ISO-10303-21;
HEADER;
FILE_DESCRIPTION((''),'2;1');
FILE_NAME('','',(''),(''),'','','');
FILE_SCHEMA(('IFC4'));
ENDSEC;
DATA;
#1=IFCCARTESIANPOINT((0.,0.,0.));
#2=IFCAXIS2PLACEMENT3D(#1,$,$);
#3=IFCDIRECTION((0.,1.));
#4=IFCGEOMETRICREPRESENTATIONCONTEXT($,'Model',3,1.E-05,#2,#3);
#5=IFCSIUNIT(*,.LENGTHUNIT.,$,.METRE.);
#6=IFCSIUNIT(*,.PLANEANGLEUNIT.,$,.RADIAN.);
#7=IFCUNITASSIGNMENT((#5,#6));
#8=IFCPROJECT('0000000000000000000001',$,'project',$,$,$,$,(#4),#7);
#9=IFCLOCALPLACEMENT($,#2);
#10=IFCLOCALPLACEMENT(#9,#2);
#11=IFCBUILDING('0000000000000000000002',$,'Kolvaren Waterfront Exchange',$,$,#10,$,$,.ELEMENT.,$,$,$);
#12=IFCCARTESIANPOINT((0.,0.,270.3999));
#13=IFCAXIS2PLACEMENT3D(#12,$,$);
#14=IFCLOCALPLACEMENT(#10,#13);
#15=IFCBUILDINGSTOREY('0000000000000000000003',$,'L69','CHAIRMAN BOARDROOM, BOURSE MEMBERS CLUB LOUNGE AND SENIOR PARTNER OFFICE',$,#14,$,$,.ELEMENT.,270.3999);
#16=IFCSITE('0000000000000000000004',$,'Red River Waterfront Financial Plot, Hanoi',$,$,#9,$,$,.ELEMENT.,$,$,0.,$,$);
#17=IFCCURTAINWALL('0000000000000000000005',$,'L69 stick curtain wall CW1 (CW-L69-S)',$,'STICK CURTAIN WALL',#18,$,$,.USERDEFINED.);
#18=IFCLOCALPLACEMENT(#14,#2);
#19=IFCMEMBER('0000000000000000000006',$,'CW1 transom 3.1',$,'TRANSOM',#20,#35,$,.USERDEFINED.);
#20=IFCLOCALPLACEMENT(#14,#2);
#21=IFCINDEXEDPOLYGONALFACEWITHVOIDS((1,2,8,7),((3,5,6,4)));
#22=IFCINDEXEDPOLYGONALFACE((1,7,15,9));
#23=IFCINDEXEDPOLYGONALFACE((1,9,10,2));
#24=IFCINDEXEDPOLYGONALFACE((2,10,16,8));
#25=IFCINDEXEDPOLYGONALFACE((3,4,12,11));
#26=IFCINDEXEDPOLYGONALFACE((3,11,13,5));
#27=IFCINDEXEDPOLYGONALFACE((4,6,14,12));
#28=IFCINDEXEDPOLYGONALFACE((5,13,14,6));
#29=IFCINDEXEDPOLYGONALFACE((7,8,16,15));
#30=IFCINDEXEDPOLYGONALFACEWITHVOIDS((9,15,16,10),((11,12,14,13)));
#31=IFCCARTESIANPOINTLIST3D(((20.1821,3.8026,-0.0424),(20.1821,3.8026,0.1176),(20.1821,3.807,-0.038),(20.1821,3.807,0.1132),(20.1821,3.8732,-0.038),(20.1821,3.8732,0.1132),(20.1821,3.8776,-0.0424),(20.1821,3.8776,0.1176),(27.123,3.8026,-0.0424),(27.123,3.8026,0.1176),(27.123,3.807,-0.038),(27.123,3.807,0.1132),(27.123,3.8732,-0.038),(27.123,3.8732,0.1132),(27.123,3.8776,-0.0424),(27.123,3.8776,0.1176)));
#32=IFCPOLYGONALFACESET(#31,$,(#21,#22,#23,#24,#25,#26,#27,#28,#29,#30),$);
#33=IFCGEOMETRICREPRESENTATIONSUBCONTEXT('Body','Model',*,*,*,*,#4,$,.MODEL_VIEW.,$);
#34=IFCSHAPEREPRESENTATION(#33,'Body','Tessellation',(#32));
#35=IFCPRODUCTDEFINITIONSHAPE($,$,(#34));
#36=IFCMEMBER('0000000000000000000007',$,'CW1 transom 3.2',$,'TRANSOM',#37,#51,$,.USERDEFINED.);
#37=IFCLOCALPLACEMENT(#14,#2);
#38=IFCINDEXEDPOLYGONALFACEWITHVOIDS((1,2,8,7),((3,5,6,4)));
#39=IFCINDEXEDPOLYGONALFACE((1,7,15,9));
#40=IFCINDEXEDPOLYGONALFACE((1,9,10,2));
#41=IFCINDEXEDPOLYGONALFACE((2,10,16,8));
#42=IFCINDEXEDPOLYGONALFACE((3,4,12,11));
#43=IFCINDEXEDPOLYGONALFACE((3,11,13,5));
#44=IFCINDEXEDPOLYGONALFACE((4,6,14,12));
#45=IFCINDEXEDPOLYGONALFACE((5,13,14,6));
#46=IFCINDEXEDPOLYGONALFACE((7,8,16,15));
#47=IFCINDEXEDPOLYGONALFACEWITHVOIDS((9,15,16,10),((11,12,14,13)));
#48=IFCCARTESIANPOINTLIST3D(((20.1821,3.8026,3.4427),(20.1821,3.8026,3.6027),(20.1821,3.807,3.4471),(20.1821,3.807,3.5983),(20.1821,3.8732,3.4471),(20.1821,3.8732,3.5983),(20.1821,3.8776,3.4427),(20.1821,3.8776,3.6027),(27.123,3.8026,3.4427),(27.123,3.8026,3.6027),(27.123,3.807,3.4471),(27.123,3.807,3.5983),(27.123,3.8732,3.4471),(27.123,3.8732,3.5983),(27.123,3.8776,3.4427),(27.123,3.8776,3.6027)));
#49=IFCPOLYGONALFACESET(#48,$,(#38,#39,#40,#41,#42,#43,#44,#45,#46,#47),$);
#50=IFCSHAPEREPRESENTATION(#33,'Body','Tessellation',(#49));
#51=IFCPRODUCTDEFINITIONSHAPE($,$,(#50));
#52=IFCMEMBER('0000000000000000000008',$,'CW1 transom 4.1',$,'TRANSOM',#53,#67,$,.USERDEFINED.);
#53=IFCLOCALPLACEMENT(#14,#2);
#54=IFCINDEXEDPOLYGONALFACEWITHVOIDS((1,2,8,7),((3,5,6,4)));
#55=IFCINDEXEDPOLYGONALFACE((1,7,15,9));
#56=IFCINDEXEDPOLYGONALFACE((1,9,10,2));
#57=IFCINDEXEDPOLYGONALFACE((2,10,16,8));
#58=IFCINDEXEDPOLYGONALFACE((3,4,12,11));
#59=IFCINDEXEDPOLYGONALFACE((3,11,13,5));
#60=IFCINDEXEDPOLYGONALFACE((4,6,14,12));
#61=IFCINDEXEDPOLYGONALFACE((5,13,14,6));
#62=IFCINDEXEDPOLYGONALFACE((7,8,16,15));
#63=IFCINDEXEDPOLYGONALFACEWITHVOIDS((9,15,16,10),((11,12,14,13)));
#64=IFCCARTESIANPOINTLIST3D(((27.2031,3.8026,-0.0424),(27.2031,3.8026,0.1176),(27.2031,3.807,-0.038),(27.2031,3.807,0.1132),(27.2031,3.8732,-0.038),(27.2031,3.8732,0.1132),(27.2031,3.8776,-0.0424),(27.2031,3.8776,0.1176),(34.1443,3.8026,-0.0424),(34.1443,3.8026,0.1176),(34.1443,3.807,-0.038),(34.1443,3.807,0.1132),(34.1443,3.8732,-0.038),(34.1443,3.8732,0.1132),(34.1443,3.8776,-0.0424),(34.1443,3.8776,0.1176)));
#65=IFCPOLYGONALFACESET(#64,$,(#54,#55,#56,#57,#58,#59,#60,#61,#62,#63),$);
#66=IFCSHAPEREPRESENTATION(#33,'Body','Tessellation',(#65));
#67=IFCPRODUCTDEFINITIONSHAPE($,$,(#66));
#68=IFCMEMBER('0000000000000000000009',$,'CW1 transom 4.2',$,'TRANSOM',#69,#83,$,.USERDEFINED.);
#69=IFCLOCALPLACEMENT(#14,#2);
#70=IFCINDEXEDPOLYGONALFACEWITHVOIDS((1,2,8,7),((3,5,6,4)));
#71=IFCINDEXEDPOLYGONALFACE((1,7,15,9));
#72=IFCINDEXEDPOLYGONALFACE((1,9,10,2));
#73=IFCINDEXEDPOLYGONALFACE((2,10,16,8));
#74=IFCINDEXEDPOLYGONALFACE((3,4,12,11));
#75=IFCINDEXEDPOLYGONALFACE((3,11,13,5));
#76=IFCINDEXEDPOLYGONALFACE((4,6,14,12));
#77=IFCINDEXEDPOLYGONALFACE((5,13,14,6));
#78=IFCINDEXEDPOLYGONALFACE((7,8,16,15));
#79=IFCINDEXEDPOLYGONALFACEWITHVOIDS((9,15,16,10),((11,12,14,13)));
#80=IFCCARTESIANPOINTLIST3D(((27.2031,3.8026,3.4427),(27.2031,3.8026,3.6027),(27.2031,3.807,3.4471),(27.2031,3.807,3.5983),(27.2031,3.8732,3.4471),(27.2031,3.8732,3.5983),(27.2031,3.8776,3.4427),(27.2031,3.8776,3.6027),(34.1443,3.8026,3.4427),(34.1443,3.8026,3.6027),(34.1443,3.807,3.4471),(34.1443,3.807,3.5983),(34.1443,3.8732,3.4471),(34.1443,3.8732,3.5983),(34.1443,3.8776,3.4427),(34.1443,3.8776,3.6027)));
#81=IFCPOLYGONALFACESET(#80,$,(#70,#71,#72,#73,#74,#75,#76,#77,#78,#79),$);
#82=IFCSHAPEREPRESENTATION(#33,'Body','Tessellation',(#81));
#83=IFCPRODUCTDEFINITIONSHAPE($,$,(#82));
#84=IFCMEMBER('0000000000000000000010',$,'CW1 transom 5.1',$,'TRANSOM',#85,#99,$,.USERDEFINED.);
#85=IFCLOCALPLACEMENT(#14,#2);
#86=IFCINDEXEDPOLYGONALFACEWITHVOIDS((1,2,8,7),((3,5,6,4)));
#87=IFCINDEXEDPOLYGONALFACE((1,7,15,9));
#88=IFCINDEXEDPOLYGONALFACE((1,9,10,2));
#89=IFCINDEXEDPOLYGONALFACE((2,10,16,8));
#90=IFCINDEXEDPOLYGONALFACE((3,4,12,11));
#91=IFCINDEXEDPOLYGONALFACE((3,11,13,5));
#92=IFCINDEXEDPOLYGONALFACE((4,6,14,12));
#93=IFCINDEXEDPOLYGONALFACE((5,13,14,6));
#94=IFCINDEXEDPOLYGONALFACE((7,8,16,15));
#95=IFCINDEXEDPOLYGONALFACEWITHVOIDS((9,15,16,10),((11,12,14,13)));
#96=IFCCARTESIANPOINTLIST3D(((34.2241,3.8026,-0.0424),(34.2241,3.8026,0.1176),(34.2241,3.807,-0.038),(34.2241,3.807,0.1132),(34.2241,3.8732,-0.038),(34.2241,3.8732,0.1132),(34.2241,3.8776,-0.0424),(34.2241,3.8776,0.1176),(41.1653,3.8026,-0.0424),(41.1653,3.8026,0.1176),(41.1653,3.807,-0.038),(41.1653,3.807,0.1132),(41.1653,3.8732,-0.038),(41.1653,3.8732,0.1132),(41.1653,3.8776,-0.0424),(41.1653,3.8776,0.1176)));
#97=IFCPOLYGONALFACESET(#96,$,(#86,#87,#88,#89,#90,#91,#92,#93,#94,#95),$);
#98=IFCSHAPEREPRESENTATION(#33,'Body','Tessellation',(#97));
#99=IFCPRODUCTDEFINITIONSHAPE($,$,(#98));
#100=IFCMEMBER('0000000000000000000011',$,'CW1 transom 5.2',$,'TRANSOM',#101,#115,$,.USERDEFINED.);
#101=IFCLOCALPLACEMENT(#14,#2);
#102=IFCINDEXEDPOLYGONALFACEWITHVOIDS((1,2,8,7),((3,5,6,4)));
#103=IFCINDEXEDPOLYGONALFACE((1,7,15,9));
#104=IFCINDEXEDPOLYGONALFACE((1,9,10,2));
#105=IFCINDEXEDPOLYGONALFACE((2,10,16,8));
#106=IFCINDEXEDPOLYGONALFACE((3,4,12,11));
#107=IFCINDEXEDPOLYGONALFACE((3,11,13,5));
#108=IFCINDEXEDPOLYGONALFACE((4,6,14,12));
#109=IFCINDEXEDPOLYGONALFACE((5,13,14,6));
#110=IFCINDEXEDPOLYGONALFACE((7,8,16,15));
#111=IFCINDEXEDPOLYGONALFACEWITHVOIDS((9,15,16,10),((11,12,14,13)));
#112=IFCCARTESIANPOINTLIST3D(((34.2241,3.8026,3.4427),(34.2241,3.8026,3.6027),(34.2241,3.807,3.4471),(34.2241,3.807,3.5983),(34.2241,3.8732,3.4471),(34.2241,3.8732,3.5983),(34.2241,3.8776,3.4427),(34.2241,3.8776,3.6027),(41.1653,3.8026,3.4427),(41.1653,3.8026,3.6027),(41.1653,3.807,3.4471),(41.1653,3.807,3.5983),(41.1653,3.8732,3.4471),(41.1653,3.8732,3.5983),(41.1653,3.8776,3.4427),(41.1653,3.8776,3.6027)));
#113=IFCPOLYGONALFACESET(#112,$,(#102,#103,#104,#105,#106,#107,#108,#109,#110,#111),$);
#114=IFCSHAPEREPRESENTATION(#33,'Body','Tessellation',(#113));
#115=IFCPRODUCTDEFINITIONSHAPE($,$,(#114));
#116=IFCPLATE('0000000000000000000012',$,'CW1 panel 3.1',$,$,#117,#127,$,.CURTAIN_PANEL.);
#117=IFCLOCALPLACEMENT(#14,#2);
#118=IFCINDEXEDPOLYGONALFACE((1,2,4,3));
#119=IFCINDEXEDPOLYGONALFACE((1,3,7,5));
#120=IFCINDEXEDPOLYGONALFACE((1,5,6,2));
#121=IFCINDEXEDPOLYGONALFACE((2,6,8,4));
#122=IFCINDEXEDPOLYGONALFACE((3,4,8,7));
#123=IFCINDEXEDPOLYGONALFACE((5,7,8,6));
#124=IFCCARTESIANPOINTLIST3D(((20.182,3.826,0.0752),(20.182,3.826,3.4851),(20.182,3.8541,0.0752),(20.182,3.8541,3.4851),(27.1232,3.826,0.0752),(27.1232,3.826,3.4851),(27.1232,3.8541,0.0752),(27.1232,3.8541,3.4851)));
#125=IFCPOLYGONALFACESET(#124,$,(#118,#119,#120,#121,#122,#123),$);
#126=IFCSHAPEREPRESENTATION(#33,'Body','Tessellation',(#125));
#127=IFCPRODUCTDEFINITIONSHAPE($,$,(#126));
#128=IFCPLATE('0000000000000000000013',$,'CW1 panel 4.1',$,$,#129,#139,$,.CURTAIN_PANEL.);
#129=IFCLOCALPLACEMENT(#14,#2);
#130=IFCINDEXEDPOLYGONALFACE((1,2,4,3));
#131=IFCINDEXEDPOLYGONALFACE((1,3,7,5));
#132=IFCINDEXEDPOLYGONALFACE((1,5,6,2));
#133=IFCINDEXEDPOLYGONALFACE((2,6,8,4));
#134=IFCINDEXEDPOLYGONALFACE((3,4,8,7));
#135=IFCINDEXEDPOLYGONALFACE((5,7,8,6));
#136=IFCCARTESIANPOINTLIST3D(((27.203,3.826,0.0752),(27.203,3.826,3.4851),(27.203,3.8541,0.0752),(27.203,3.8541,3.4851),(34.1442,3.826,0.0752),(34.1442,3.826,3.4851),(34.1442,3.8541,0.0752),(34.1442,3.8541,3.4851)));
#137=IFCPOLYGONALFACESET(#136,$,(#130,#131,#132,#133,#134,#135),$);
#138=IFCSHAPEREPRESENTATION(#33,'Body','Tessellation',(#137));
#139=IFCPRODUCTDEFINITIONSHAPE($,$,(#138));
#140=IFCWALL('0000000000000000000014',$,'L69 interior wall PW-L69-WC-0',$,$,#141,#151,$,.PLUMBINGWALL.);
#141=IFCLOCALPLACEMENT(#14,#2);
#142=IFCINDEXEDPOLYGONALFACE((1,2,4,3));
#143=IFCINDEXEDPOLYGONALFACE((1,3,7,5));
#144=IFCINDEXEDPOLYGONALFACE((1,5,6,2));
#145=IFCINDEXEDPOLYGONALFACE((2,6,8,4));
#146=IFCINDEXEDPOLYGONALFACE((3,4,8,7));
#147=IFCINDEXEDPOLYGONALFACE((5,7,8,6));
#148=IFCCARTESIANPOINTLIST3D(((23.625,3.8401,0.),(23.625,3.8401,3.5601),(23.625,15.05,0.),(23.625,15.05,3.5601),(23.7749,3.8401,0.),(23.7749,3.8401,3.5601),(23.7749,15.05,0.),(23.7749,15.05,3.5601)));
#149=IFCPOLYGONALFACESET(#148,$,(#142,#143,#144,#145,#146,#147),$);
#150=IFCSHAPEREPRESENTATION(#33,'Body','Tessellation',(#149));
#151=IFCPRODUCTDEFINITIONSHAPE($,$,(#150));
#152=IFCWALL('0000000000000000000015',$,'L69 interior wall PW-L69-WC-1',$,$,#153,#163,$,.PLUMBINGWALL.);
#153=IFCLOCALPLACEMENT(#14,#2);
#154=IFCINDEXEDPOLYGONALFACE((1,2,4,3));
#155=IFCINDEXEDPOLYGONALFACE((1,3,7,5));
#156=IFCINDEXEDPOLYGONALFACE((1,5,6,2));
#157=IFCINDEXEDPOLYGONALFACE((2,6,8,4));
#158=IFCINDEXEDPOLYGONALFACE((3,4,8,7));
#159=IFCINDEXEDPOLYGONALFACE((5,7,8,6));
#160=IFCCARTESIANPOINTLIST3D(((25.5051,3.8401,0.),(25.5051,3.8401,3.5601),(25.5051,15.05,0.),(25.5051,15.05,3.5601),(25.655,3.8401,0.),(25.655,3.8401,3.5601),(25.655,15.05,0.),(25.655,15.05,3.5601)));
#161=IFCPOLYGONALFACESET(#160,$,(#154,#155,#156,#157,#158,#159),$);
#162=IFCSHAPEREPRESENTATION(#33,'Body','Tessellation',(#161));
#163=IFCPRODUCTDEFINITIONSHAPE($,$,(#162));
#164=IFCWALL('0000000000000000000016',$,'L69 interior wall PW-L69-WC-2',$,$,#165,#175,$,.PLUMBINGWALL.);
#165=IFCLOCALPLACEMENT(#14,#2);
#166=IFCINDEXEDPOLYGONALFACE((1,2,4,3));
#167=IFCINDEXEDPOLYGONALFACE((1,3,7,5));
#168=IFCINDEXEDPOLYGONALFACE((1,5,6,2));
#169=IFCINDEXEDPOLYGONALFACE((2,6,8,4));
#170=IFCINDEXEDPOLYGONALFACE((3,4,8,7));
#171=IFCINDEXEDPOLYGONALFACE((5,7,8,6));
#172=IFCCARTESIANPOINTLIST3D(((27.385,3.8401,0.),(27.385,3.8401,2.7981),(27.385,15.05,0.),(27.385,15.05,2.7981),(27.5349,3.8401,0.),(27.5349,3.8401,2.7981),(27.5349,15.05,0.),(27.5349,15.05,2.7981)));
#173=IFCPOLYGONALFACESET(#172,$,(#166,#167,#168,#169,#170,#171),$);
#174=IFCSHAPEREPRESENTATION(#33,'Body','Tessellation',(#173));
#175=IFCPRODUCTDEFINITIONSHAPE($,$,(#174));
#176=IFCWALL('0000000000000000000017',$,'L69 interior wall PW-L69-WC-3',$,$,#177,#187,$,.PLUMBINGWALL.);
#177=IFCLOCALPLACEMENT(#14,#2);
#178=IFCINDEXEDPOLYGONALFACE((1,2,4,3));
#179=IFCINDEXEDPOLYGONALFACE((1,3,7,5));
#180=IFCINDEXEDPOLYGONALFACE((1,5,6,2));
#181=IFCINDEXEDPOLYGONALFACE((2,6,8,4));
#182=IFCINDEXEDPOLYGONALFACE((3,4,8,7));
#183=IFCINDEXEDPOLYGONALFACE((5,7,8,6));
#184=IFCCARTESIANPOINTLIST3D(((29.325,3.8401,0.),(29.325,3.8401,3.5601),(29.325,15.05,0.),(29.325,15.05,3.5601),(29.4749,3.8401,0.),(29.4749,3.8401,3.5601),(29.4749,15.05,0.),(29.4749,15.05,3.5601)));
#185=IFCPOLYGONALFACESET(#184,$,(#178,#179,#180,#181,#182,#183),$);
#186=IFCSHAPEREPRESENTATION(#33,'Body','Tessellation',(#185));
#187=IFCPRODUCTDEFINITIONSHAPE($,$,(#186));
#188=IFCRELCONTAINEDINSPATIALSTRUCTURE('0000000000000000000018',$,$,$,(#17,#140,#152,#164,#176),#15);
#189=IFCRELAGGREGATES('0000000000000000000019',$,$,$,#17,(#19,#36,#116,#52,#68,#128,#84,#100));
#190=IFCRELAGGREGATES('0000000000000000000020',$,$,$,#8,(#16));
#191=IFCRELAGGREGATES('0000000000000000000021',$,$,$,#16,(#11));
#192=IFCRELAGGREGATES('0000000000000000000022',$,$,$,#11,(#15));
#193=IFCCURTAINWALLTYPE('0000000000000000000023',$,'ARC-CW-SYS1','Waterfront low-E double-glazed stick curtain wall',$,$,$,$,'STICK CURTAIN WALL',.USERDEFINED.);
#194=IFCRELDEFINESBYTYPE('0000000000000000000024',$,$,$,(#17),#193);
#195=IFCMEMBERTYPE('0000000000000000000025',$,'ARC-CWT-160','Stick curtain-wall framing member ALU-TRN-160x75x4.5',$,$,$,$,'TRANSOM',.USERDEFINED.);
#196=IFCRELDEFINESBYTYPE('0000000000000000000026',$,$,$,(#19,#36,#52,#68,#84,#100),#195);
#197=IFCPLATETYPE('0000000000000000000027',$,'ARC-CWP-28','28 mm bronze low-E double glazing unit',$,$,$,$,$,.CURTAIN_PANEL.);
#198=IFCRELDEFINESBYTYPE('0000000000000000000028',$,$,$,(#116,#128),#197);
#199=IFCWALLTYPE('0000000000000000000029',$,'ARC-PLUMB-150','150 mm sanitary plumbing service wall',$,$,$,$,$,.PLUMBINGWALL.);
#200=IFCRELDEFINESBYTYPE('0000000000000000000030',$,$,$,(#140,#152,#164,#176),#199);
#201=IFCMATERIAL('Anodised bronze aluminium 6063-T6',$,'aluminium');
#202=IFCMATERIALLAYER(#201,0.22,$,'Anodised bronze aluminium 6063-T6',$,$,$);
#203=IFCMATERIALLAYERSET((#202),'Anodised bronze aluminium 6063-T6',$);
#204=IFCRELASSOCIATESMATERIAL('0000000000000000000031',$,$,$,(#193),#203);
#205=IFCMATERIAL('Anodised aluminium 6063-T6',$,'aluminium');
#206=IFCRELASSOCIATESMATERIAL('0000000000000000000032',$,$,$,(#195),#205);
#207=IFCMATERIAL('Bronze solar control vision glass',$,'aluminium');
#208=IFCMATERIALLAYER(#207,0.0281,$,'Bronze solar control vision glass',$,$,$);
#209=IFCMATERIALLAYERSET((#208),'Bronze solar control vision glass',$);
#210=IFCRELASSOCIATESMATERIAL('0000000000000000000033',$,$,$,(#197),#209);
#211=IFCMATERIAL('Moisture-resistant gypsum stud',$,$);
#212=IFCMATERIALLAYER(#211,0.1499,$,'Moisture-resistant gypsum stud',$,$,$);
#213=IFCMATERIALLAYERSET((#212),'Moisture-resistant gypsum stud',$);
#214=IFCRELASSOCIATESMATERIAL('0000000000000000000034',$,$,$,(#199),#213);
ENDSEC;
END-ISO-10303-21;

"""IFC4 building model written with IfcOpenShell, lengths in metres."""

from ifc_helpers import new_model, si_unit, direction, frame, frame_2d, origin, origin_with_axes, origin_2d, place, context, subcontext, project, spatial, rectangle, hollow_rectangle, extrude, source, transform, mapped, material, layer, layer_set, material_profile, profile_set, type_object, element, aggregate, save


model = new_model("IFC4")

# Units and contexts
model_context = context("Model", 3, precision=1e-05, world=origin(), true_north=direction((0.0, 1.0)))
body_context = subcontext(model_context, "Body", "Model", "MODEL_VIEW")
ifc_project = project(units=[si_unit("LENGTHUNIT", "METRE"), si_unit("PLANEANGLEUNIT", "RADIAN")], contexts=[model_context])

# Site, building, storey
site_placement = place(None, origin())
site = spatial("IfcSite", under=ifc_project, at=site_placement, Name="Red River Waterfront Financial Plot, Hanoi", CompositionType="ELEMENT", RefElevation=0.0)
building_placement = place(site_placement, origin())
building = spatial("IfcBuilding", under=site, at=building_placement, Name="Kolvaren Waterfront Exchange", CompositionType="ELEMENT")
storey_placement = place(building_placement, frame((0.0, 0.0, 270.3999)))
storey = spatial("IfcBuildingStorey", under=building, at=storey_placement, Name="L69", Description="CHAIRMAN BOARDROOM, BOURSE MEMBERS CLUB LOUNGE AND SENIOR PARTNER OFFICE", CompositionType="ELEMENT", Elevation=270.3999)

# Shared definitions
ifc_material_1 = material(Name="Anodised bronze aluminium 6063-T6", Category="aluminium")

# Curtain wall, members, plates
ifc_layer_1 = layer(ifc_material_1, 0.22, Name="Anodised bronze aluminium 6063-T6")
ifc_layer_set_1 = layer_set([ifc_layer_1], Name="Anodised bronze aluminium 6063-T6")
curtain_wall_type_1 = type_object("IfcCurtainWallType", Name="ARC-CW-SYS1", Description="Waterfront low-E double-glazed stick curtain wall", ElementType="STICK CURTAIN WALL", PredefinedType="USERDEFINED", material=ifc_layer_set_1)
curtain_wall_1_placement = place(storey_placement, origin())
curtain_wall_1 = element("IfcCurtainWall", 1, at=curtain_wall_1_placement, inside=storey, type_object=curtain_wall_type_1, Name="L69 stick curtain wall CW1 (CW-L69-S)", ObjectType="STICK CURTAIN WALL", PredefinedType="USERDEFINED")
ifc_material_2 = material(Name="Anodised aluminium 6063-T6", Category="aluminium")
ifc_material_profile_1 = material_profile(ifc_material_2, hollow_rectangle(XDim=0.075, YDim=0.1599, WallThickness=0.0044, at=origin_2d()), Name="ALU-TRN-160x75x4.5")
ifc_profile_set_1 = profile_set([ifc_material_profile_1], Name="Anodised aluminium 6063-T6")
member_type_1 = type_object("IfcMemberType", Name="ARC-CWT-160", Description="Stick curtain-wall framing member ALU-TRN-160x75x4.5", ElementType="TRANSOM", PredefinedType="USERDEFINED", material=ifc_profile_set_1)
shared_shape_1 = source(origin_with_axes(), body_context, "Body", "SweptSolid", [
    extrude(hollow_rectangle(XDim=0.075, YDim=0.1599, WallThickness=0.0044, at=origin_2d()), origin(), (0.0, 0.0, 1.0), 6.9409),
])
member_1_placement = place(storey_placement, frame((20.1821, 3.8401, 0.0376), z_axis=(1.0, 0.0, 0.0), x_axis=(0.0, 1.0, 0.0)))
member_1 = element("IfcMember", 2, at=member_1_placement, type_object=member_type_1, Name="CW1 transom 3.1", ObjectType="TRANSOM", PredefinedType="USERDEFINED", context=body_context, shape_type="MappedRepresentation", body=[
    mapped(shared_shape_1, transform((0.0, 0.0, 0.0), x_axis=(1.0, 0.0, 0.0), y_axis=(0.0, 1.0, 0.0), z_axis=(0.0, 0.0, 1.0), scale=1.0)),
])
member_2_placement = place(storey_placement, frame((20.1821, 3.8401, 3.5227), z_axis=(1.0, 0.0, 0.0), x_axis=(0.0, 1.0, 0.0)))
member_2 = element("IfcMember", 3, at=member_2_placement, type_object=member_type_1, Name="CW1 transom 3.2", ObjectType="TRANSOM", PredefinedType="USERDEFINED", context=body_context, shape_type="MappedRepresentation", body=[
    mapped(shared_shape_1, transform((0.0, 0.0, 0.0), x_axis=(1.0, 0.0, 0.0), y_axis=(0.0, 1.0, 0.0), z_axis=(0.0, 0.0, 1.0), scale=1.0)),
])
shared_shape_2 = source(origin_with_axes(), body_context, "Body", "SweptSolid", [
    extrude(hollow_rectangle(XDim=0.075, YDim=0.1599, WallThickness=0.0044, at=origin_2d()), origin(), (0.0, 0.0, 1.0), 6.9412),
])
member_3_placement = place(storey_placement, frame((27.2031, 3.8401, 0.0376), z_axis=(1.0, 0.0, 0.0), x_axis=(0.0, 1.0, 0.0)))
member_3 = element("IfcMember", 4, at=member_3_placement, type_object=member_type_1, Name="CW1 transom 4.1", ObjectType="TRANSOM", PredefinedType="USERDEFINED", context=body_context, shape_type="MappedRepresentation", body=[
    mapped(shared_shape_2, transform((0.0, 0.0, 0.0), x_axis=(1.0, 0.0, 0.0), y_axis=(0.0, 1.0, 0.0), z_axis=(0.0, 0.0, 1.0), scale=1.0)),
])
member_4_placement = place(storey_placement, frame((27.2031, 3.8401, 3.5227), z_axis=(1.0, 0.0, 0.0), x_axis=(0.0, 1.0, 0.0)))
member_4 = element("IfcMember", 5, at=member_4_placement, type_object=member_type_1, Name="CW1 transom 4.2", ObjectType="TRANSOM", PredefinedType="USERDEFINED", context=body_context, shape_type="MappedRepresentation", body=[
    mapped(shared_shape_2, transform((0.0, 0.0, 0.0), x_axis=(1.0, 0.0, 0.0), y_axis=(0.0, 1.0, 0.0), z_axis=(0.0, 0.0, 1.0), scale=1.0)),
])
member_5_placement = place(storey_placement, frame((34.2241, 3.8401, 0.0376), z_axis=(1.0, 0.0, 0.0), x_axis=(0.0, 1.0, 0.0)))
member_5 = element("IfcMember", 6, at=member_5_placement, type_object=member_type_1, Name="CW1 transom 5.1", ObjectType="TRANSOM", PredefinedType="USERDEFINED", context=body_context, shape_type="MappedRepresentation", body=[
    mapped(shared_shape_2, transform((0.0, 0.0, 0.0), x_axis=(1.0, 0.0, 0.0), y_axis=(0.0, 1.0, 0.0), z_axis=(0.0, 0.0, 1.0), scale=1.0)),
])
member_6_placement = place(storey_placement, frame((34.2241, 3.8401, 3.5227), z_axis=(1.0, 0.0, 0.0), x_axis=(0.0, 1.0, 0.0)))
member_6 = element("IfcMember", 7, at=member_6_placement, type_object=member_type_1, Name="CW1 transom 5.2", ObjectType="TRANSOM", PredefinedType="USERDEFINED", context=body_context, shape_type="MappedRepresentation", body=[
    mapped(shared_shape_2, transform((0.0, 0.0, 0.0), x_axis=(1.0, 0.0, 0.0), y_axis=(0.0, 1.0, 0.0), z_axis=(0.0, 0.0, 1.0), scale=1.0)),
])
ifc_material_3 = material(Name="Bronze solar control vision glass", Category="aluminium")
ifc_layer_2 = layer(ifc_material_3, 0.0281, Name="Bronze solar control vision glass")
ifc_layer_set_2 = layer_set([ifc_layer_2], Name="Bronze solar control vision glass")
plate_type = type_object("IfcPlateType", Name="ARC-CWP-28", Description="28 mm bronze low-E double glazing unit", PredefinedType="CURTAIN_PANEL", material=ifc_layer_set_2)
shared_shape_3 = source(origin_with_axes(), body_context, "Body", "SweptSolid", [
    extrude(rectangle(XDim=6.9412, YDim=0.0281, at=origin_2d()), origin(), (0.0, 0.0, 1.0), 3.4099),
])
plate_1_placement = place(storey_placement, frame((23.6526, 3.8401, 0.0752), z_axis=(0.0, 0.0, 1.0), x_axis=(1.0, 0.0, 0.0)))
plate_1 = element("IfcPlate", 8, at=plate_1_placement, type_object=plate_type, Name="CW1 panel 3.1", PredefinedType="CURTAIN_PANEL", context=body_context, shape_type="MappedRepresentation", body=[
    mapped(shared_shape_3, transform((0.0, 0.0, 0.0), x_axis=(1.0, 0.0, 0.0), y_axis=(0.0, 1.0, 0.0), z_axis=(0.0, 0.0, 1.0), scale=1.0)),
])
plate_2_placement = place(storey_placement, frame((30.6736, 3.8401, 0.0752), z_axis=(0.0, 0.0, 1.0), x_axis=(1.0, 0.0, 0.0)))
plate_2 = element("IfcPlate", 9, at=plate_2_placement, type_object=plate_type, Name="CW1 panel 4.1", PredefinedType="CURTAIN_PANEL", context=body_context, shape_type="MappedRepresentation", body=[
    mapped(shared_shape_3, transform((0.0, 0.0, 0.0), x_axis=(1.0, 0.0, 0.0), y_axis=(0.0, 1.0, 0.0), z_axis=(0.0, 0.0, 1.0), scale=1.0)),
])
aggregate(curtain_wall_1, [member_1, member_2, plate_1, member_3, member_4, plate_2, member_5, member_6])

# Walls
ifc_material_4 = material(Name="Moisture-resistant gypsum stud")
ifc_layer_3 = layer(ifc_material_4, 0.1499, Name="Moisture-resistant gypsum stud")
ifc_layer_set_3 = layer_set([ifc_layer_3], Name="Moisture-resistant gypsum stud")
wall_type_1 = type_object("IfcWallType", Name="ARC-PLUMB-150", Description="150 mm sanitary plumbing service wall", PredefinedType="PLUMBINGWALL", material=ifc_layer_set_3)
for number, where, z_axis, x_axis, name in (
    (10, (23.7, 3.8401, 0.0), (0.0, 0.0, 1.0), (0.0, 1.0, 0.0), "L69 interior wall PW-L69-WC-0"),
    (11, (25.5801, 3.8401, 0.0), (0.0, 0.0, 1.0), (0.0, 1.0, 0.0), "L69 interior wall PW-L69-WC-1"),
):
    element("IfcWall", number, at=place(storey_placement, frame(where, z_axis=z_axis, x_axis=x_axis)), inside=storey, type_object=wall_type_1, Name=name, PredefinedType="PLUMBINGWALL", context=body_context, shape_type="SweptSolid", body=[
        extrude(rectangle(XDim=11.21, YDim=0.1499, at=frame_2d((5.605, 0.0))), origin(), (0.0, 0.0, 1.0), 3.5601),
    ])
wall_1_placement = place(storey_placement, frame((27.46, 3.8401, 0.0), z_axis=(0.0, 0.0, 1.0), x_axis=(0.0, 1.0, 0.0)))
element("IfcWall", 12, at=wall_1_placement, inside=storey, type_object=wall_type_1, Name="L69 interior wall PW-L69-WC-2", PredefinedType="PLUMBINGWALL", context=body_context, shape_type="SweptSolid", body=[
    extrude(rectangle(XDim=11.21, YDim=0.1499, at=frame_2d((5.605, 0.0))), origin(), (0.0, 0.0, 1.0), 2.7981),
])
wall_2_placement = place(storey_placement, frame((29.3999, 3.8401, 0.0), z_axis=(0.0, 0.0, 1.0), x_axis=(0.0, 1.0, 0.0)))
element("IfcWall", 13, at=wall_2_placement, inside=storey, type_object=wall_type_1, Name="L69 interior wall PW-L69-WC-3", PredefinedType="PLUMBINGWALL", context=body_context, shape_type="SweptSolid", body=[
    extrude(rectangle(XDim=11.21, YDim=0.1499, at=frame_2d((5.605, 0.0))), origin(), (0.0, 0.0, 1.0), 3.5601),
])

save(model, "model.ifc")
